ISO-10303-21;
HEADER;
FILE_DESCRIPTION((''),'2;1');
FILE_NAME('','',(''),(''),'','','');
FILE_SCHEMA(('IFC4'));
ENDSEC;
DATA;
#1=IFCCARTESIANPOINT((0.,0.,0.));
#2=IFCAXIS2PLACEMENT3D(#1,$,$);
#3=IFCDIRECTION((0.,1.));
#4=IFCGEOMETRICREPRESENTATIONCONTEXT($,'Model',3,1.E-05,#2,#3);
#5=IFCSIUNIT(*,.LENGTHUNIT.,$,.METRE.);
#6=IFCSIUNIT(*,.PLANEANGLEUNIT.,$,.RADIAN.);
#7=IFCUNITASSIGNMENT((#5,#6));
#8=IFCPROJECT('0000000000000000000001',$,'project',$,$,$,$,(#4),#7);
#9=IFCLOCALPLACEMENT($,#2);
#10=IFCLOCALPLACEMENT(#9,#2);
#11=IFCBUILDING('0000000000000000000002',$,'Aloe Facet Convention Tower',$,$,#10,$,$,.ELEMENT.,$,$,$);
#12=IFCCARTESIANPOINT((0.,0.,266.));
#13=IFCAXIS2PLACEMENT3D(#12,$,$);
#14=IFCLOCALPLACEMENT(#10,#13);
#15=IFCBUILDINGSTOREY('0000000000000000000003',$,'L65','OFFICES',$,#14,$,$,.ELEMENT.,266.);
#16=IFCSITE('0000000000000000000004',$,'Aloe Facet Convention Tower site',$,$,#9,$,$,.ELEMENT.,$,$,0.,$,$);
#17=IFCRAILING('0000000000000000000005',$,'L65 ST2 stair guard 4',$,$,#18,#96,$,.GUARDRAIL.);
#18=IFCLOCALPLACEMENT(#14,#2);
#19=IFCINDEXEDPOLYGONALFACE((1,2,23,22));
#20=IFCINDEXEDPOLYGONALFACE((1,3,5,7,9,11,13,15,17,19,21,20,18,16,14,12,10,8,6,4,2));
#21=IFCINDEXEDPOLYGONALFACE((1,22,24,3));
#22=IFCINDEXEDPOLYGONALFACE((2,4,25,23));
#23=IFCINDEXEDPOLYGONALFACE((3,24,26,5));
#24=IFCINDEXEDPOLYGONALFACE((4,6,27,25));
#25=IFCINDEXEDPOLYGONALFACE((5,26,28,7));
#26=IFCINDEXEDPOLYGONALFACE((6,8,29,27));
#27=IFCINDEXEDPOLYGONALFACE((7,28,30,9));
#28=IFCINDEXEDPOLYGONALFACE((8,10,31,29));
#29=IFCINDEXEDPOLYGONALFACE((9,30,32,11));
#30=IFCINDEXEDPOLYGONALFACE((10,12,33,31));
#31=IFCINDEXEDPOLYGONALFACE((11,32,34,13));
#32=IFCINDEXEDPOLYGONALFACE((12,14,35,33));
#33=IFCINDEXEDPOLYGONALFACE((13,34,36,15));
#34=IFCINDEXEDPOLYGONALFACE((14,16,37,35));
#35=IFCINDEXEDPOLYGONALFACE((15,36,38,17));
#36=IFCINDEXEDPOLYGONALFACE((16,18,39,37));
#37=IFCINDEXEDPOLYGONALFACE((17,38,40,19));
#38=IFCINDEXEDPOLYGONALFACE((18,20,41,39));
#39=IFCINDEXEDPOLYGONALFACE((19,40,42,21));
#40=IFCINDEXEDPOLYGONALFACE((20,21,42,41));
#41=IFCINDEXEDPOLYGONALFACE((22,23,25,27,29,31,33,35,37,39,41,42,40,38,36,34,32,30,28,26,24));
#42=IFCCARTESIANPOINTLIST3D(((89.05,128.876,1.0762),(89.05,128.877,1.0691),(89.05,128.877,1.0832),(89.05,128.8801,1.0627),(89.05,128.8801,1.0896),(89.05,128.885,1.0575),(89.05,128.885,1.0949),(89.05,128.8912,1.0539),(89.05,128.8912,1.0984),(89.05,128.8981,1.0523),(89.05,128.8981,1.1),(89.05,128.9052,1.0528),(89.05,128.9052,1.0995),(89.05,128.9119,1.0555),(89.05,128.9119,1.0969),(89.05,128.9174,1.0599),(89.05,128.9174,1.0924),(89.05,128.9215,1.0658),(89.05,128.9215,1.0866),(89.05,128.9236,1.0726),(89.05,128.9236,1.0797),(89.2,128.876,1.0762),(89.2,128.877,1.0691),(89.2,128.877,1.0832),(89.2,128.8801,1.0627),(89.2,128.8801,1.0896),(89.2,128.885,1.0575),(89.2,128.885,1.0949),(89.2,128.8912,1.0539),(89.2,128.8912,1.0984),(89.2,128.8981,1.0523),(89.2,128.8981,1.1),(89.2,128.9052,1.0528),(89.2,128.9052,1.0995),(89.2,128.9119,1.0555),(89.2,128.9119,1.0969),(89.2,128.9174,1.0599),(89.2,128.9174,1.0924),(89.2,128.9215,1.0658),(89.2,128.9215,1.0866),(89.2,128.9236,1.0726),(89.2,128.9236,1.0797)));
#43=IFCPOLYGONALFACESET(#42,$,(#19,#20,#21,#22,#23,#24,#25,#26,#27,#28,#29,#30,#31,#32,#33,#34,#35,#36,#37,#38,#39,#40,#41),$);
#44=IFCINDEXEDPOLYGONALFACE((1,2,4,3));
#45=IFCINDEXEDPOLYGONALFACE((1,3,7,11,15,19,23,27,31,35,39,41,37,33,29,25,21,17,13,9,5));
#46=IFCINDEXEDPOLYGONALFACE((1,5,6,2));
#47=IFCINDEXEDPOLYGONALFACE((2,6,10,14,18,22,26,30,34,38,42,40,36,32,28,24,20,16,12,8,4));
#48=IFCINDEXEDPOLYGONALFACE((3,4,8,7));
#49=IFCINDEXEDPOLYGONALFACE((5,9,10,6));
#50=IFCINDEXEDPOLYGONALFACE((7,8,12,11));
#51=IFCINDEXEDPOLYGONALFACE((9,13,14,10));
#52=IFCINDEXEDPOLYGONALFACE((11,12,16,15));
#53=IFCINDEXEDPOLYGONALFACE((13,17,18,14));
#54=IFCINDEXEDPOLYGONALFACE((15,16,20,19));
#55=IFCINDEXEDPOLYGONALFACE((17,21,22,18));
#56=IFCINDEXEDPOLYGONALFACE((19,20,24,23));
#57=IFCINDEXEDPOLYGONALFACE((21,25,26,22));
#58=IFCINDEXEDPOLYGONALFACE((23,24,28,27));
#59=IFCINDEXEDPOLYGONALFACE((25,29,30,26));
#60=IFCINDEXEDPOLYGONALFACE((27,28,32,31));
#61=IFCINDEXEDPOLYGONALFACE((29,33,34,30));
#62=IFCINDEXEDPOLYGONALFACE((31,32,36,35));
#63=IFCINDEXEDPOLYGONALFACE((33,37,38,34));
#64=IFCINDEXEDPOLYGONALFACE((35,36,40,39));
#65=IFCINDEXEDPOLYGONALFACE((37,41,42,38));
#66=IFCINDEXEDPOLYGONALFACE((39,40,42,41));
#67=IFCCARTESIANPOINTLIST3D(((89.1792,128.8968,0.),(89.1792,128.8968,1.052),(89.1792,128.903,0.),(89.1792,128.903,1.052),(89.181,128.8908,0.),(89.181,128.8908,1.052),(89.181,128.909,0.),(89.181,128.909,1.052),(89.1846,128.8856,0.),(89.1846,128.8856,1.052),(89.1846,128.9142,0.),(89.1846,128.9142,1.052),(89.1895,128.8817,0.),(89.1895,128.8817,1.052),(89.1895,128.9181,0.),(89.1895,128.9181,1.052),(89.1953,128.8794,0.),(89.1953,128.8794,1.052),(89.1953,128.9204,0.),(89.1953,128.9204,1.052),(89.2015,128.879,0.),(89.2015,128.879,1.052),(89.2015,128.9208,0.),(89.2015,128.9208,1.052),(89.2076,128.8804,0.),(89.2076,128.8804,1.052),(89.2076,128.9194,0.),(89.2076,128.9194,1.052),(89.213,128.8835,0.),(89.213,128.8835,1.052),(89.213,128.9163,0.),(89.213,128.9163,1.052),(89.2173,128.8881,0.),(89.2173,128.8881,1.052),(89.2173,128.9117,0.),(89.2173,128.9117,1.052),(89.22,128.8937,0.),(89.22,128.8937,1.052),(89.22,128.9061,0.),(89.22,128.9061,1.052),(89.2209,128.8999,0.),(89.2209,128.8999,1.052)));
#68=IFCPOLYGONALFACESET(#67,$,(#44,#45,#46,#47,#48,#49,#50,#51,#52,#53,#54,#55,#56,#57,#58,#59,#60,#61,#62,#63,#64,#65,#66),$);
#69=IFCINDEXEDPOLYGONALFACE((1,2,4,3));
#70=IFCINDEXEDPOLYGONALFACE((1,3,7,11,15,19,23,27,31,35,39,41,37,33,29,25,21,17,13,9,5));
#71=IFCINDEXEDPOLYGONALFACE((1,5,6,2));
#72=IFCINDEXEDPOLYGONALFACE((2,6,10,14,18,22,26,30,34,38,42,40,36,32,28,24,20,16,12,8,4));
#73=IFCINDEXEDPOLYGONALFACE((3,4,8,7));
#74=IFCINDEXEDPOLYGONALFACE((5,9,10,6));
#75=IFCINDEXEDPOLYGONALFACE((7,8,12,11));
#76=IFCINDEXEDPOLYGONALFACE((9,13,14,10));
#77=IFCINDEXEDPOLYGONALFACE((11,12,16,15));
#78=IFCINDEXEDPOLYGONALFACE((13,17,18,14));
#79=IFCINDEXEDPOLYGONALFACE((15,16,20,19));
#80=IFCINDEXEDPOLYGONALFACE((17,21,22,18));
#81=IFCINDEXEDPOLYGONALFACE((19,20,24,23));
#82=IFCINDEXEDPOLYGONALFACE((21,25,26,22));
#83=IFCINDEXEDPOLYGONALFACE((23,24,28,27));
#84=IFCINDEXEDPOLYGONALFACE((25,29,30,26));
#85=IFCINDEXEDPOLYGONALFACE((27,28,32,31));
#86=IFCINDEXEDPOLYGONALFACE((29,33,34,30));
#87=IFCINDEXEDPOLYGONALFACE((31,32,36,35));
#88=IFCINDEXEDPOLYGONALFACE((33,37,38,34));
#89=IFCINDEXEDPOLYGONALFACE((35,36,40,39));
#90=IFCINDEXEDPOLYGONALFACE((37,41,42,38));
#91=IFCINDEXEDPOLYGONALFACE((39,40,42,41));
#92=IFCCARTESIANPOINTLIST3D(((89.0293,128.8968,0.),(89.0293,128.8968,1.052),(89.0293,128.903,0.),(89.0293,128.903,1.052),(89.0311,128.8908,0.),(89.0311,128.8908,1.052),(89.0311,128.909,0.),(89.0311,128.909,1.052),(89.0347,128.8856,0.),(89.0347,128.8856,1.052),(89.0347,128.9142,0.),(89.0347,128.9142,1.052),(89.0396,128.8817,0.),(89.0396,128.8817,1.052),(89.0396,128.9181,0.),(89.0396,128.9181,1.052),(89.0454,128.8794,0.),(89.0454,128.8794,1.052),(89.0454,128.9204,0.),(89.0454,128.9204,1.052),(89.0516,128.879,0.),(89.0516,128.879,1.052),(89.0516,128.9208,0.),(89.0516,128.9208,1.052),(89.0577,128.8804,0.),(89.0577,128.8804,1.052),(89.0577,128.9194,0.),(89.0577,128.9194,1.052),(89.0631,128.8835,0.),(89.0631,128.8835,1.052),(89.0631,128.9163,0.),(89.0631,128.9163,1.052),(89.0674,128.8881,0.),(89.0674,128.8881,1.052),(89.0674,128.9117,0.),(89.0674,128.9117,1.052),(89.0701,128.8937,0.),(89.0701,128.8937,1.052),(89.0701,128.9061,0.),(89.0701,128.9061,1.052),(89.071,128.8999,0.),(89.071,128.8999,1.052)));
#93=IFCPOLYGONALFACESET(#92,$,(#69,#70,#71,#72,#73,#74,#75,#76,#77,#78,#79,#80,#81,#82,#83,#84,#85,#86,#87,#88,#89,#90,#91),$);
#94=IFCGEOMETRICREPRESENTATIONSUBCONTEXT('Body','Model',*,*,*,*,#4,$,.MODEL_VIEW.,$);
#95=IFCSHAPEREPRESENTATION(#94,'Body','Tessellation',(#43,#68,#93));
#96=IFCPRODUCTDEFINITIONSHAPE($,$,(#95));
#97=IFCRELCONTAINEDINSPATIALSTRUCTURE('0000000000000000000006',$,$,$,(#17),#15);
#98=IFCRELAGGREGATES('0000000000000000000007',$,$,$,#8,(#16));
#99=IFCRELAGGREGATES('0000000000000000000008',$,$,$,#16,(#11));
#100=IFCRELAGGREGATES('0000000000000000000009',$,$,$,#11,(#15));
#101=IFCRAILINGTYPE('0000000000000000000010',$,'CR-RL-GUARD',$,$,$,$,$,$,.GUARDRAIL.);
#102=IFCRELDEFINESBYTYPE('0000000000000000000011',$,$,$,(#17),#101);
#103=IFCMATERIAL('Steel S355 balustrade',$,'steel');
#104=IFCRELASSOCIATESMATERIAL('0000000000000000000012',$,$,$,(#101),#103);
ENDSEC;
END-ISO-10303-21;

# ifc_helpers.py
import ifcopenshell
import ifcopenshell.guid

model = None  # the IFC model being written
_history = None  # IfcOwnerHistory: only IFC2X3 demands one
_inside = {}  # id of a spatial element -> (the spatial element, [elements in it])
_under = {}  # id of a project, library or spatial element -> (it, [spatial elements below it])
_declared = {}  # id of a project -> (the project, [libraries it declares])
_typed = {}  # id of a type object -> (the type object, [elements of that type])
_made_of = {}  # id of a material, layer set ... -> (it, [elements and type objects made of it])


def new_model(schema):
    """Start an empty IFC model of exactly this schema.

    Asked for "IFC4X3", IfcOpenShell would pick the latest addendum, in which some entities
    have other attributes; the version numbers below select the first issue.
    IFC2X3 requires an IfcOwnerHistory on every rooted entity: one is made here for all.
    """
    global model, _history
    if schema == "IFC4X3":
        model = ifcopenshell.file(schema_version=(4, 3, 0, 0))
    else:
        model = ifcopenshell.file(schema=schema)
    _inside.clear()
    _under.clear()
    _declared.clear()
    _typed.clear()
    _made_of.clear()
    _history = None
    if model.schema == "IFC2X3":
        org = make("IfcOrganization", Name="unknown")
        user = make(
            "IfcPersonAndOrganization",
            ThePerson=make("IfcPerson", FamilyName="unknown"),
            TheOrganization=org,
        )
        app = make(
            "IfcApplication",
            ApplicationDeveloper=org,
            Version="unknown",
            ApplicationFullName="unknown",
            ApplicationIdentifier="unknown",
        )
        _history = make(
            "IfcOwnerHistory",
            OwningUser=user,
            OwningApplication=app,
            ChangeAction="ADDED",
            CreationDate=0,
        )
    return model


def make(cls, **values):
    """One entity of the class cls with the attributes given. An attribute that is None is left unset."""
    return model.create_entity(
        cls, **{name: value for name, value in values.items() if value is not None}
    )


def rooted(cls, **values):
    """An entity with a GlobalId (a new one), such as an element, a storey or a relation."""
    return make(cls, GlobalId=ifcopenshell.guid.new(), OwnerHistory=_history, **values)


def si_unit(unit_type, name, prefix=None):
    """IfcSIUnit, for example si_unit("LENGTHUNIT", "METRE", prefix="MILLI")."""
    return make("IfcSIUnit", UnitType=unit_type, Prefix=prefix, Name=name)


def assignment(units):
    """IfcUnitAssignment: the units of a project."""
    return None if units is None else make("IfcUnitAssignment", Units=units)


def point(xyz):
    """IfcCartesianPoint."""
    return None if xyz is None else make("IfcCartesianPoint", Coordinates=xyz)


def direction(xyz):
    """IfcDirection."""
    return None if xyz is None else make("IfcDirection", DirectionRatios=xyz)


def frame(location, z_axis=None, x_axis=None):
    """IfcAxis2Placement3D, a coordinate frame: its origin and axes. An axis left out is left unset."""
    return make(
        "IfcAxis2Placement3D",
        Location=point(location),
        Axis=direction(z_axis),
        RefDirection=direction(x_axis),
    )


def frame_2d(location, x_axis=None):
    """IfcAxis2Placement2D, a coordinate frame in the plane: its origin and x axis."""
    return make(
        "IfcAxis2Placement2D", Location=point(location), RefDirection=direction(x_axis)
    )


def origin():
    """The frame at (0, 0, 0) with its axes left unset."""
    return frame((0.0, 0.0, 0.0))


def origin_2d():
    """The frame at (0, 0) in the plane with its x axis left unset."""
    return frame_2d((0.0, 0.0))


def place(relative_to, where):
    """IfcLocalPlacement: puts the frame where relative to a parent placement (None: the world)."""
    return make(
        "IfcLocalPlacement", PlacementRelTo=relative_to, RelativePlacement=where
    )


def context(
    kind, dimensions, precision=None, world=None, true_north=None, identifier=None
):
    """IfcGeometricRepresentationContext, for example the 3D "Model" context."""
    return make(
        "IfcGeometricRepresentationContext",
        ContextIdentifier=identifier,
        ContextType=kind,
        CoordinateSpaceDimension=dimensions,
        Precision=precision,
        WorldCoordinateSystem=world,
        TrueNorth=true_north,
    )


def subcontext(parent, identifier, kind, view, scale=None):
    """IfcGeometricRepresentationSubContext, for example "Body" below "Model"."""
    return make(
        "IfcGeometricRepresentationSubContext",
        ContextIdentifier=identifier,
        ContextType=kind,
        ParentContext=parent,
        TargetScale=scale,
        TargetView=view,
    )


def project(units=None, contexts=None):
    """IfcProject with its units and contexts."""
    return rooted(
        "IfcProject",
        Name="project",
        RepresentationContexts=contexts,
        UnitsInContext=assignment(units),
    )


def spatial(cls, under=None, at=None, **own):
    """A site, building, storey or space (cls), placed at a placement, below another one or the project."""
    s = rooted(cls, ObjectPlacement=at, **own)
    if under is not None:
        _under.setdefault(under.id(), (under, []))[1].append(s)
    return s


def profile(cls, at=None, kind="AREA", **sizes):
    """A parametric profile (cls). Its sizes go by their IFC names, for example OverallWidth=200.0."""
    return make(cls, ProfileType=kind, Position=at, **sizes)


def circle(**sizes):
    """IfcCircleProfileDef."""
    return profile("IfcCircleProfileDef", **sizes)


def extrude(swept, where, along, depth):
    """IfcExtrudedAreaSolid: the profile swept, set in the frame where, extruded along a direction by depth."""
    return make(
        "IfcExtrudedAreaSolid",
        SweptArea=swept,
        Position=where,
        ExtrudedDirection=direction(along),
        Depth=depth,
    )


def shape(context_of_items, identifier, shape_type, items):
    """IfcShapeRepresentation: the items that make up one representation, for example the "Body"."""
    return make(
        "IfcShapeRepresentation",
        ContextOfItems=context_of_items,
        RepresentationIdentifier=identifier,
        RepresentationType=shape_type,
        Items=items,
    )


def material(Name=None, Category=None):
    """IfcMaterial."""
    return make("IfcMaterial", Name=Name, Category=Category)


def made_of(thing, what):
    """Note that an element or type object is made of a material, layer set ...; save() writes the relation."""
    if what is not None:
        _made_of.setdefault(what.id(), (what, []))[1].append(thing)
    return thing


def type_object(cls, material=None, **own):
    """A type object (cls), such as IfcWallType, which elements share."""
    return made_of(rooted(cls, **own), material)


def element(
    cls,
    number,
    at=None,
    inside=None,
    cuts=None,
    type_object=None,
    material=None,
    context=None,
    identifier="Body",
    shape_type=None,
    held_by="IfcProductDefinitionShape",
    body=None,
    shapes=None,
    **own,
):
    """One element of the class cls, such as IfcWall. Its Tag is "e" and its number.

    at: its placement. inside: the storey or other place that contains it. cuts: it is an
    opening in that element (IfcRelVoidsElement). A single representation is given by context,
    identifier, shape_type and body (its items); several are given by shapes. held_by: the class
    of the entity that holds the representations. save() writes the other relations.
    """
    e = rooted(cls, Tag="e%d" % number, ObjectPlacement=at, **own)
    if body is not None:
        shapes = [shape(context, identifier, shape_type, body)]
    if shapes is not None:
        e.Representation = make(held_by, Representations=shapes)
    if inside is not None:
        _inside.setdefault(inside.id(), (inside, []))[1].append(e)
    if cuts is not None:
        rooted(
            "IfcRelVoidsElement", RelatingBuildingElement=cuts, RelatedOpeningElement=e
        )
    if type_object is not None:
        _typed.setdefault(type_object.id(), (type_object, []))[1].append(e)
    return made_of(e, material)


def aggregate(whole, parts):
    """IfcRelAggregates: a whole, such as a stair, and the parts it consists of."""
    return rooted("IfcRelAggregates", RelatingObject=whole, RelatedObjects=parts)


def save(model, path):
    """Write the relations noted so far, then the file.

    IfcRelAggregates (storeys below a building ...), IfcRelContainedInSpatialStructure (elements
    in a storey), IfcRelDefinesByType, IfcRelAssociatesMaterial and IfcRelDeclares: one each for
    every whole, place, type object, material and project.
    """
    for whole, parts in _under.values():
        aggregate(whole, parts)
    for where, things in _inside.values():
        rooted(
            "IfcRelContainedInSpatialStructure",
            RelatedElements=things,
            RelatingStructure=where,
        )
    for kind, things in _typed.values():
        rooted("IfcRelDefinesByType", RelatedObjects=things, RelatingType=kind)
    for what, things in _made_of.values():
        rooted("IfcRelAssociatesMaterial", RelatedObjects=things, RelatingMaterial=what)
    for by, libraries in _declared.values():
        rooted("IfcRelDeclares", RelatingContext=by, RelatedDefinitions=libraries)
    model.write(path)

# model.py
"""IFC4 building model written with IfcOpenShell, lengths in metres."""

from ifc_helpers import new_model, si_unit, direction, frame, origin, origin_2d, place, context, subcontext, project, spatial, circle, extrude, material, type_object, element, save


model = new_model("IFC4")

# Units and contexts
model_context = context("Model", 3, precision=1e-05, world=origin(), true_north=direction((0.0, 1.0)))
body_context = subcontext(model_context, "Body", "Model", "MODEL_VIEW")
ifc_project = project(units=[si_unit("LENGTHUNIT", "METRE"), si_unit("PLANEANGLEUNIT", "RADIAN")], contexts=[model_context])

# Site, building, storey
site_placement = place(None, origin())
site = spatial("IfcSite", under=ifc_project, at=site_placement, Name="Aloe Facet Convention Tower site", CompositionType="ELEMENT", RefElevation=0.0)
building_placement = place(site_placement, origin())
building = spatial("IfcBuilding", under=site, at=building_placement, Name="Aloe Facet Convention Tower", CompositionType="ELEMENT")
storey_placement = place(building_placement, frame((0.0, 0.0, 266.0)))
storey = spatial("IfcBuildingStorey", under=building, at=storey_placement, Name="L65", Description="OFFICES", CompositionType="ELEMENT", Elevation=266.0)

# Railing
ifc_material_1 = material(Name="Steel S355 balustrade", Category="steel")
railing_type_1 = type_object("IfcRailingType", Name="CR-RL-GUARD", PredefinedType="GUARDRAIL", material=ifc_material_1)
railing_1_placement = place(storey_placement, frame((89.2, 128.8999, 0.0)))
element("IfcRailing", 1, at=railing_1_placement, inside=storey, type_object=railing_type_1, Name="L65 ST2 stair guard 4", PredefinedType="GUARDRAIL", context=body_context, shape_type="SweptSolid", body=[
    extrude(circle(Radius=0.0239, at=origin_2d()), frame((0.0, 0.0, 1.0762), z_axis=(-1.0, 0.0, 0.0), x_axis=(0.0, -1.0, 0.0)), (0.0, 0.0, 1.0), 0.1499),
    extrude(circle(Radius=0.021, at=origin_2d()), origin(), (0.0, 0.0, 1.0), 1.052),
    extrude(circle(Radius=0.021, at=origin_2d()), frame((-0.1499, 0.0, 0.0)), (0.0, 0.0, 1.0), 1.052),
])

save(model, "model.ifc")
